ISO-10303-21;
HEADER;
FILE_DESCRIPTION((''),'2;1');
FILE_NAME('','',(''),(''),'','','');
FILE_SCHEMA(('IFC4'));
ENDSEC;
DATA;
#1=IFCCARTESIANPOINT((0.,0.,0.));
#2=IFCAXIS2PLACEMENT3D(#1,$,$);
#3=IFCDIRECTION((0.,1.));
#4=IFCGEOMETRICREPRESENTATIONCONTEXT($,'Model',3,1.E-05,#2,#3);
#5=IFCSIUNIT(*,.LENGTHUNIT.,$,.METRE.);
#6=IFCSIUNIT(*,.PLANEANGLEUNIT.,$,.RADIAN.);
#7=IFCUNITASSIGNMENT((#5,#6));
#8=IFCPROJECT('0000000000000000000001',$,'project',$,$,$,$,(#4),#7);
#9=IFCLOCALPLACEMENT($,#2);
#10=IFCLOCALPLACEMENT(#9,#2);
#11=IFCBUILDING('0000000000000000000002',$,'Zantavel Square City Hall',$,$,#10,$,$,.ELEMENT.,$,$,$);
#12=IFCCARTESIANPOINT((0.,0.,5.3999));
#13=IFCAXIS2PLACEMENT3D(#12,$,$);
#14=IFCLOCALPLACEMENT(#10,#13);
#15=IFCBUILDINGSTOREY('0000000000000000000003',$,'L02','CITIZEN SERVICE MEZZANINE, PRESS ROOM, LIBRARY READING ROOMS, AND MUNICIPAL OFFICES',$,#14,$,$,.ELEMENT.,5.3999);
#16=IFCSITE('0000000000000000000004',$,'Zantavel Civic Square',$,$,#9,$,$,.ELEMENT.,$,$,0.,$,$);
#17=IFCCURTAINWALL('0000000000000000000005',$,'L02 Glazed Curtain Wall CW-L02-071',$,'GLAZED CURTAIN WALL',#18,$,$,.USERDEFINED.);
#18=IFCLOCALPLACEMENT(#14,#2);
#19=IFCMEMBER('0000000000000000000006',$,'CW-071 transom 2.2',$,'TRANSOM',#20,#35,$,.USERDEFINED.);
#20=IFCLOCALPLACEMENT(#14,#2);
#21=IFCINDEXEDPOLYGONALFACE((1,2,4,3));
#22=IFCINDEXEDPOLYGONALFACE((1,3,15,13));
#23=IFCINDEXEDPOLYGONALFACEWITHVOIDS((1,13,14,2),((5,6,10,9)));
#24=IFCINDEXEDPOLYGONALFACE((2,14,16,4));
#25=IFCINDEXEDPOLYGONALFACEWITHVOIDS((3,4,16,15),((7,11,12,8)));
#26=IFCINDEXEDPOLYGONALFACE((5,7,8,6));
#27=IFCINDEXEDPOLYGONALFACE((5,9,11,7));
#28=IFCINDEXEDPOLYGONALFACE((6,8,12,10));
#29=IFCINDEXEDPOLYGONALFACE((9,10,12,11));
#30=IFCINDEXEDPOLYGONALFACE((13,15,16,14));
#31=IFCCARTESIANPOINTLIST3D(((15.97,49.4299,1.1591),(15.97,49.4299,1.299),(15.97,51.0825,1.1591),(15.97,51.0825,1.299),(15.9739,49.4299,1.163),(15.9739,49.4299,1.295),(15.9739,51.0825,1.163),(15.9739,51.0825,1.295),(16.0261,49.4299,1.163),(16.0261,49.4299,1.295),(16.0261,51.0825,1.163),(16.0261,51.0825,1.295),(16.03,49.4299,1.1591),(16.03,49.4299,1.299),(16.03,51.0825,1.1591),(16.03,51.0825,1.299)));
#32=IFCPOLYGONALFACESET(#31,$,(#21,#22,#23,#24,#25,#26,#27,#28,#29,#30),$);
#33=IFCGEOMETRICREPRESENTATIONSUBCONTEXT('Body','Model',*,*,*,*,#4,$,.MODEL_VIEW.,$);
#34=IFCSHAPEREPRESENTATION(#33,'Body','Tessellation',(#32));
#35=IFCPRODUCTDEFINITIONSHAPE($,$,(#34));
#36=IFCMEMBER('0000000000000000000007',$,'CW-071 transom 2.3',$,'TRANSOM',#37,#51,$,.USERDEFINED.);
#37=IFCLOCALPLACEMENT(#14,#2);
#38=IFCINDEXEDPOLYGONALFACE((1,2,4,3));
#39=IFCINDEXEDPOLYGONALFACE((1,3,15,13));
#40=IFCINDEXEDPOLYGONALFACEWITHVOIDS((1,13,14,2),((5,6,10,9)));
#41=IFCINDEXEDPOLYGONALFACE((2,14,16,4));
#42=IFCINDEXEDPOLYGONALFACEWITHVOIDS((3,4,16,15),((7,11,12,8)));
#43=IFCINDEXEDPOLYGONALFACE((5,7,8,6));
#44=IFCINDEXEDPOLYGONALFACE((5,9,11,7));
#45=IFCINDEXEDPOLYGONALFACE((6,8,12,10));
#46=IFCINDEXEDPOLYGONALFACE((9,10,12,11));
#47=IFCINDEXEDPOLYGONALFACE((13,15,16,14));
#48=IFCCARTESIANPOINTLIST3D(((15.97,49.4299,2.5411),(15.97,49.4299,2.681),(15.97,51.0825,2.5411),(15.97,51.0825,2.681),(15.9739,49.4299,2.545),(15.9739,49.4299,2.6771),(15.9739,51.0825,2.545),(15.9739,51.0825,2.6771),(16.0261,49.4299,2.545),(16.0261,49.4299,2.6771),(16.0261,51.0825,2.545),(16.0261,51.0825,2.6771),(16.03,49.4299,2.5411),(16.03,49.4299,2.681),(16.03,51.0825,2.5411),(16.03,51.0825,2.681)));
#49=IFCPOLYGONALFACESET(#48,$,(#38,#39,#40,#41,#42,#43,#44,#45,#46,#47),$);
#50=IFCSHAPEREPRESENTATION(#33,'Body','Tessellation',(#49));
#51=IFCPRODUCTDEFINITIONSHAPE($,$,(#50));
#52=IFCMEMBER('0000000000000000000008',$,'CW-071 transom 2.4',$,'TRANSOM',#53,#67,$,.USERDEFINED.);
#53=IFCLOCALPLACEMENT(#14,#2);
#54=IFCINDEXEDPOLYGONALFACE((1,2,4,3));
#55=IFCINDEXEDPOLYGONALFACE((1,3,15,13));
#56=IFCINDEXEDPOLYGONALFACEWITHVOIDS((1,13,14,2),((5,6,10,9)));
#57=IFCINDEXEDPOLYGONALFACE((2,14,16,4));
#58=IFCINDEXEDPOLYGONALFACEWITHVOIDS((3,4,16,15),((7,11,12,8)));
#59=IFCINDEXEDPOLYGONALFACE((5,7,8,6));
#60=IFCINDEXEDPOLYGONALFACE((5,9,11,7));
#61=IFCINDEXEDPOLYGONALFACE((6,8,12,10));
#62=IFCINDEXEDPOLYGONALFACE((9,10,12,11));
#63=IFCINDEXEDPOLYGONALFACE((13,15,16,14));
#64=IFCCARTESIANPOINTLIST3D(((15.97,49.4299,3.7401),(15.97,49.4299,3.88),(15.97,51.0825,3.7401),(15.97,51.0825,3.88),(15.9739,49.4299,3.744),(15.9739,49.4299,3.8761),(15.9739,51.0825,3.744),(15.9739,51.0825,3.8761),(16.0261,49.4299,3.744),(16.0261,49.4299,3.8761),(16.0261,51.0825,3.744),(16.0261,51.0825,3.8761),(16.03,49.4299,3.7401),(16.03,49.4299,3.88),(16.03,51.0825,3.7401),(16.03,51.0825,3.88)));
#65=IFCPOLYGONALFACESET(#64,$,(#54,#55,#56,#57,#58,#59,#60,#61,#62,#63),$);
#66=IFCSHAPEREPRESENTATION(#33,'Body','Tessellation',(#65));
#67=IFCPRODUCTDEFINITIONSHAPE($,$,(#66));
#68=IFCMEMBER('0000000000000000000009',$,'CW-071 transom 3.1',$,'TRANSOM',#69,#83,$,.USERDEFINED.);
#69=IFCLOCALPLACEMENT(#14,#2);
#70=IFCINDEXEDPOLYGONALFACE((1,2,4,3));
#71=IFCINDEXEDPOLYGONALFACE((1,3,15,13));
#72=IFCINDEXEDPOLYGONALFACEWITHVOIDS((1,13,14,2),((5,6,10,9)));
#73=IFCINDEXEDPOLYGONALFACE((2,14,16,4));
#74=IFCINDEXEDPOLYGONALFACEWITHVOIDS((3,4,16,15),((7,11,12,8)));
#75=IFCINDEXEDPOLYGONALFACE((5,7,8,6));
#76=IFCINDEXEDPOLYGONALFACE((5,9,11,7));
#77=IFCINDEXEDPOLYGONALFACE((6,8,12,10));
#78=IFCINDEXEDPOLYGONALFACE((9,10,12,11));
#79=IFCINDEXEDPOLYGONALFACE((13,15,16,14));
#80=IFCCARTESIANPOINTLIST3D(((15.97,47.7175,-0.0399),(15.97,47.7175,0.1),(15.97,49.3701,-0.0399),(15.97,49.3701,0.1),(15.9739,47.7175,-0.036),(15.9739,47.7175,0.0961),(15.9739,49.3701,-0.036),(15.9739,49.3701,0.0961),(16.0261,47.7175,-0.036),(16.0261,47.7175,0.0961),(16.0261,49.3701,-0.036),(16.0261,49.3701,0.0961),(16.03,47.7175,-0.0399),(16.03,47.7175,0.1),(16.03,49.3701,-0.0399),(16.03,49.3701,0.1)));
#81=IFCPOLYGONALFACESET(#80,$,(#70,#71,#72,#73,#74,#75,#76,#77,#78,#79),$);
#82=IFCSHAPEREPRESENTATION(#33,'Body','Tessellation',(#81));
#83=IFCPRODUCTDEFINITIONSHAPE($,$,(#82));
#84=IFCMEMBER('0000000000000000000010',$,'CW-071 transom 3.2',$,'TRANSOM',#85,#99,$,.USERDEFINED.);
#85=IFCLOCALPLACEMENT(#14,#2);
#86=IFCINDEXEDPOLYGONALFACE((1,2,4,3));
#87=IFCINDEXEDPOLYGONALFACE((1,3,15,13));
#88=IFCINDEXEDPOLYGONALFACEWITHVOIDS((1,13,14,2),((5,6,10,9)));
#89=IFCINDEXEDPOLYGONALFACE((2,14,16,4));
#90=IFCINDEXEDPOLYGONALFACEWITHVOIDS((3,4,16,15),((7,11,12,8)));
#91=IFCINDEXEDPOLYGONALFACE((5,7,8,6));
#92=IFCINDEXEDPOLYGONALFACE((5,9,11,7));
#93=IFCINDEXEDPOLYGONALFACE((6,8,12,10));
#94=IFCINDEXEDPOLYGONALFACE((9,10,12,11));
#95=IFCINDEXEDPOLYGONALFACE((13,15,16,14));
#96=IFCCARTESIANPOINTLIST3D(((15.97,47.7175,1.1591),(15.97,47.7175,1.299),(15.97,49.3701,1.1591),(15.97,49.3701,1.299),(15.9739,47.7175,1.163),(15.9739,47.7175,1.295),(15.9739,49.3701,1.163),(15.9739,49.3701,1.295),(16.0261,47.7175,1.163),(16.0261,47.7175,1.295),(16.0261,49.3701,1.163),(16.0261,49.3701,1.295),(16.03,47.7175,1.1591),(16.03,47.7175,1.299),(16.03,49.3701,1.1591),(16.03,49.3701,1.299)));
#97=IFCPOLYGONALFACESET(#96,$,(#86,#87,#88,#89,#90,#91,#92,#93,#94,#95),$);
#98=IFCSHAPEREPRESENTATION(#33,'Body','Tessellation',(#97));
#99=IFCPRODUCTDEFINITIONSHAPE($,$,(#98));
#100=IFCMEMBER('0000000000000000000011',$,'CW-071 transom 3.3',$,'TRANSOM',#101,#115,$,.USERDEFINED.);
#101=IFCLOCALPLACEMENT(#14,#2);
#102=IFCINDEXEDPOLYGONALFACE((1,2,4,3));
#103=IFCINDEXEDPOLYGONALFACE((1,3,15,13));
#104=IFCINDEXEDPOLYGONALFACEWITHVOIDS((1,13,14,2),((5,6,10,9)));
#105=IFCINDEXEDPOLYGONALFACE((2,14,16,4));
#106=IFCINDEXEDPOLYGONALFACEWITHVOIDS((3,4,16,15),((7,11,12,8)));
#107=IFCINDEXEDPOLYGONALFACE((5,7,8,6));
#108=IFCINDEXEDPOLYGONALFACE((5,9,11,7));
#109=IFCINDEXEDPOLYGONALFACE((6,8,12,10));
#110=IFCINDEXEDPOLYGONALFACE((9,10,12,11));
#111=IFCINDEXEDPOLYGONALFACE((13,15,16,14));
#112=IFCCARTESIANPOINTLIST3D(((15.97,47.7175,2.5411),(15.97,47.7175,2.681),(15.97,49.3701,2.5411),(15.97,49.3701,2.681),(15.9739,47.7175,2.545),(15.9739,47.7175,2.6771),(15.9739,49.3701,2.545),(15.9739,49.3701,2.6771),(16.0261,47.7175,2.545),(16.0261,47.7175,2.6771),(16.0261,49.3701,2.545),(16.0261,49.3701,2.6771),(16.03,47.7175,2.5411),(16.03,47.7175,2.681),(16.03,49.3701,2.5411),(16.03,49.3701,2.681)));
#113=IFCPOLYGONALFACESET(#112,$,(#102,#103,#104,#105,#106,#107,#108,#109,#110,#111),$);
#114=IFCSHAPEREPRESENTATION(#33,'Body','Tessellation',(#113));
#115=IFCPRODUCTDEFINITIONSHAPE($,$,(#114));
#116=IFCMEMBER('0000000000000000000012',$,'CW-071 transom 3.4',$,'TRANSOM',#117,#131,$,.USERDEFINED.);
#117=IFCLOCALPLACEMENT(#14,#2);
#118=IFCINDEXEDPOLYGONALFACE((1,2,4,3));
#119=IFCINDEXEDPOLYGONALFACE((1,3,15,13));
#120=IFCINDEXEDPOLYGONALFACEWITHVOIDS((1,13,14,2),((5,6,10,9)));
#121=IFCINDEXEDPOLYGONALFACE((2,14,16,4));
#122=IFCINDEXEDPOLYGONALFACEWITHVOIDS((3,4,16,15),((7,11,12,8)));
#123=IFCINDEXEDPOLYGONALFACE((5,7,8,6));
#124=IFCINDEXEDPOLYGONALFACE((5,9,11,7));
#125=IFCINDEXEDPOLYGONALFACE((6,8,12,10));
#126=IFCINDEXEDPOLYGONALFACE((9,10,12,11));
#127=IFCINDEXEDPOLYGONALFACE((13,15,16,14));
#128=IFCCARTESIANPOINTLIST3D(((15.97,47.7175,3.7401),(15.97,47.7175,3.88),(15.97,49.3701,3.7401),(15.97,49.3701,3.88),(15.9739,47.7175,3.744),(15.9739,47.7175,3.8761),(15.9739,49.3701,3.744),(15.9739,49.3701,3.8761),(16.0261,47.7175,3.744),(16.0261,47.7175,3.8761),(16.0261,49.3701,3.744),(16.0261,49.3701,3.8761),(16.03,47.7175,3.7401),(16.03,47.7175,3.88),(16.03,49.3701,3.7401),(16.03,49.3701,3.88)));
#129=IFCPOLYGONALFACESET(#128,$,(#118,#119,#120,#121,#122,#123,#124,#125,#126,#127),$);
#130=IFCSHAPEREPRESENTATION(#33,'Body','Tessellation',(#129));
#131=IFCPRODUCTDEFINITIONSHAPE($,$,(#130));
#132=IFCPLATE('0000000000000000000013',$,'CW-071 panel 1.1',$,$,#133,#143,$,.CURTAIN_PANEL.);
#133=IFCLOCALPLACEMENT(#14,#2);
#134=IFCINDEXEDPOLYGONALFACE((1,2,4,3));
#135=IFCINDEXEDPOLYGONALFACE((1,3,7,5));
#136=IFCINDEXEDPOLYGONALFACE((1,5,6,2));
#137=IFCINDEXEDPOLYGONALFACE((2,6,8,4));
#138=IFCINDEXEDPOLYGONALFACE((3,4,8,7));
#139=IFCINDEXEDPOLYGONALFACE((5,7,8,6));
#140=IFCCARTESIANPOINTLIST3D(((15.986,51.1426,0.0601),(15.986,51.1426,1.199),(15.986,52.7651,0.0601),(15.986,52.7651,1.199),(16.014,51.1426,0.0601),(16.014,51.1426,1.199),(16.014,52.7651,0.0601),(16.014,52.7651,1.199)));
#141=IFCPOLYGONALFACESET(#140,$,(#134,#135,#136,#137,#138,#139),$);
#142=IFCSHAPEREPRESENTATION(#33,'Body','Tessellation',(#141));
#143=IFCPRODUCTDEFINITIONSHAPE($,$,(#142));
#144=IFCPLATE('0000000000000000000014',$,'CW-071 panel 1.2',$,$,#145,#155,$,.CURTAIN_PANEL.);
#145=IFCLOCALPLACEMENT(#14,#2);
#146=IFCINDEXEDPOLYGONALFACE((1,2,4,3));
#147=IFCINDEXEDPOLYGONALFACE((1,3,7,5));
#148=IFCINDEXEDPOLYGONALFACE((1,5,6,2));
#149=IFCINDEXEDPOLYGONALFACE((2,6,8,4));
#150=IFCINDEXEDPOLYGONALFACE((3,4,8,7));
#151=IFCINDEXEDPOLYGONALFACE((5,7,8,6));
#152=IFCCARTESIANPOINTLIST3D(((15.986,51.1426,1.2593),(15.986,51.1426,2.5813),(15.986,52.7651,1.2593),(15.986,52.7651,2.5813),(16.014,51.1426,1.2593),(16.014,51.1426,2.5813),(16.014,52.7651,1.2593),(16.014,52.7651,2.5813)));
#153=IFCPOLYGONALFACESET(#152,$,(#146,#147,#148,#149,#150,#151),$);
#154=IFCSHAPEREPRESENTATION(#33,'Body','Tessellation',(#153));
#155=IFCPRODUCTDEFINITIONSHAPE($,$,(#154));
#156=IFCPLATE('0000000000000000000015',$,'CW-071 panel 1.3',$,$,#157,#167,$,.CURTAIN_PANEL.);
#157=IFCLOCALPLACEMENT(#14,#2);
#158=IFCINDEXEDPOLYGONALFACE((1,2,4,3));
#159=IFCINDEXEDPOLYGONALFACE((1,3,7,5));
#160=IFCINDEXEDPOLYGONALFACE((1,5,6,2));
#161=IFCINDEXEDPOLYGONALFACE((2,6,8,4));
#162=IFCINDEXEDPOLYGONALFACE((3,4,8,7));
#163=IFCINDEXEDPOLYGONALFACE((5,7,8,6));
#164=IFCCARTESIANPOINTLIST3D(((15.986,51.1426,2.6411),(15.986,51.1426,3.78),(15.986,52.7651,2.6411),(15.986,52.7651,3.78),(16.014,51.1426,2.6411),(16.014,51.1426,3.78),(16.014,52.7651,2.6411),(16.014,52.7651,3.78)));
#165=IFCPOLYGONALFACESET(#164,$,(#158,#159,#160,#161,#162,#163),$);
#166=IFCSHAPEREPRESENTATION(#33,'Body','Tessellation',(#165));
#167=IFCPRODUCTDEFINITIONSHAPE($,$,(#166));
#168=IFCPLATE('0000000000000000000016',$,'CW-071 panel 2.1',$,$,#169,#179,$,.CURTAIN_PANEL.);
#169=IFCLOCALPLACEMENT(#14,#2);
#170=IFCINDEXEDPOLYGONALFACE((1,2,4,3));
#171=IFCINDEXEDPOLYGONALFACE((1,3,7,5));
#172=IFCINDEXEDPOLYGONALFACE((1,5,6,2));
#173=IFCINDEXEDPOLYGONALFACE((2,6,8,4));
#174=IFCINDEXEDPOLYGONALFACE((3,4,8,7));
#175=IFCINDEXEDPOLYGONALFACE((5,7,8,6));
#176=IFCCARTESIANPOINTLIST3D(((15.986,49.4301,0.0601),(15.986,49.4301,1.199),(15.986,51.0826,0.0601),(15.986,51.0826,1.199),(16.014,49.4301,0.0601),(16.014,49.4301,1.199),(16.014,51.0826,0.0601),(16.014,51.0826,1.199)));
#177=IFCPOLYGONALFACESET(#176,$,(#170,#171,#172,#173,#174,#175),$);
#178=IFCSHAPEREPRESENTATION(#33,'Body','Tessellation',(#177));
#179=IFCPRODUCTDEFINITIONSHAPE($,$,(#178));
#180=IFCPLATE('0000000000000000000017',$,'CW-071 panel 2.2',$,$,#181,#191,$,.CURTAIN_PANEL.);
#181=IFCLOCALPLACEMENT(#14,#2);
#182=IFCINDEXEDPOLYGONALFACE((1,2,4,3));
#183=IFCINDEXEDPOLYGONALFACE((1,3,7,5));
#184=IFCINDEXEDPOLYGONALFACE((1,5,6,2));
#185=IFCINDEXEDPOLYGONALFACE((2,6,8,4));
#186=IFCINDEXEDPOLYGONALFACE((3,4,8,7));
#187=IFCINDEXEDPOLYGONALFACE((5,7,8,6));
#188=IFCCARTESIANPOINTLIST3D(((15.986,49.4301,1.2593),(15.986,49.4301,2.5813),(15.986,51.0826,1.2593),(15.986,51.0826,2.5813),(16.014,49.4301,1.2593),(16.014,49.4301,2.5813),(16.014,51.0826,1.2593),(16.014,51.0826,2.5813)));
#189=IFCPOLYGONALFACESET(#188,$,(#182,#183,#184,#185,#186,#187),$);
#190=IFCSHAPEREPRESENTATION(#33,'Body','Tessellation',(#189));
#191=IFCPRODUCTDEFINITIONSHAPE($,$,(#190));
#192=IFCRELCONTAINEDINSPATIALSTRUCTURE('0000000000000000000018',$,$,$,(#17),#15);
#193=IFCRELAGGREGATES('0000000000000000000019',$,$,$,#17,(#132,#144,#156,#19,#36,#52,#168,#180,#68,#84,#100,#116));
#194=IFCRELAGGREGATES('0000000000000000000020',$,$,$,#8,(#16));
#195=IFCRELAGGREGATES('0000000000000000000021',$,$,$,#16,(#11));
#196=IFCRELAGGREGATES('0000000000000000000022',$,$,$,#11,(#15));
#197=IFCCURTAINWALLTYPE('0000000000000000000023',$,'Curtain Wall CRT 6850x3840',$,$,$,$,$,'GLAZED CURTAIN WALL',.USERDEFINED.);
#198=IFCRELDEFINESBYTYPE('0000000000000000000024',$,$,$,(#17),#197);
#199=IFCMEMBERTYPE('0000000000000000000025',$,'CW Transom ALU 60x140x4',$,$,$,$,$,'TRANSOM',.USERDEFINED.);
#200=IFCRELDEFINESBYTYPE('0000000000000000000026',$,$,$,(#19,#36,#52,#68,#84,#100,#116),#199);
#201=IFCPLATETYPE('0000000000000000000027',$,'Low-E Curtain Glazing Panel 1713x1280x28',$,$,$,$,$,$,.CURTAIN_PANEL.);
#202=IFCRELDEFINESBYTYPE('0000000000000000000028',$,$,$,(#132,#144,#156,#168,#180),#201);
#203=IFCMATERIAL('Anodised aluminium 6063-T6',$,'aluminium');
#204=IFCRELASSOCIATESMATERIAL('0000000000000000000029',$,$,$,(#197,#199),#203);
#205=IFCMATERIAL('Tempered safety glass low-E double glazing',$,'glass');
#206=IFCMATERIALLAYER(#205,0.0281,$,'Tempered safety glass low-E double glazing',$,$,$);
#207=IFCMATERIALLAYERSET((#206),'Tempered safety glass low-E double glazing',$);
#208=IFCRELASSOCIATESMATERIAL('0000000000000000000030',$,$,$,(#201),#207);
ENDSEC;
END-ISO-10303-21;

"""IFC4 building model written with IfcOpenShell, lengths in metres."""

from ifc_helpers import new_model, si_unit, direction, frame, origin, origin_2d, place, context, subcontext, project, spatial, rectangle, hollow_rectangle, extrude, material, layer, layer_set, material_profile, profile_set, type_object, element, aggregate, save


model = new_model("IFC4")

# Units and contexts
model_context = context("Model", 3, precision=1e-05, world=origin(), true_north=direction((0.0, 1.0)))
body_context = subcontext(model_context, "Body", "Model", "MODEL_VIEW")
ifc_project = project(units=[si_unit("LENGTHUNIT", "METRE"), si_unit("PLANEANGLEUNIT", "RADIAN")], contexts=[model_context])

# Site, building, storey
site_placement = place(None, origin())
site = spatial("IfcSite", under=ifc_project, at=site_placement, Name="Zantavel Civic Square", CompositionType="ELEMENT", RefElevation=0.0)
building_placement = place(site_placement, origin())
building = spatial("IfcBuilding", under=site, at=building_placement, Name="Zantavel Square City Hall", CompositionType="ELEMENT")
storey_placement = place(building_placement, frame((0.0, 0.0, 5.3999)))
storey = spatial("IfcBuildingStorey", under=building, at=storey_placement, Name="L02", Description="CITIZEN SERVICE MEZZANINE, PRESS ROOM, LIBRARY READING ROOMS, AND MUNICIPAL OFFICES", CompositionType="ELEMENT", Elevation=5.3999)

# Curtain wall, members, plates
ifc_material_1 = material(Name="Anodised aluminium 6063-T6", Category="aluminium")
curtain_wall_type = type_object("IfcCurtainWallType", Name="Curtain Wall CRT 6850x3840", ElementType="GLAZED CURTAIN WALL", PredefinedType="USERDEFINED", material=ifc_material_1)
curtain_wall_placement = place(storey_placement, origin())
curtain_wall = element("IfcCurtainWall", 1, at=curtain_wall_placement, inside=storey, type_object=curtain_wall_type, Name="L02 Glazed Curtain Wall CW-L02-071", ObjectType="GLAZED CURTAIN WALL", PredefinedType="USERDEFINED")
ifc_material_profile_1 = material_profile(ifc_material_1, hollow_rectangle(XDim=0.0601, YDim=0.1399, WallThickness=0.0039, at=origin_2d()), Name="ALU 60x140x4")
ifc_profile_set_1 = profile_set([ifc_material_profile_1], Name="Anodised aluminium 6063-T6")
member_type_1 = type_object("IfcMemberType", Name="CW Transom ALU 60x140x4", ElementType="TRANSOM", PredefinedType="USERDEFINED", material=ifc_profile_set_1)
member_1_placement = place(storey_placement, frame((16.0, 51.0825, 1.229), z_axis=(0.0, -1.0, 0.0), x_axis=(1.0, 0.0, 0.0)))
member_1 = element("IfcMember", 2, at=member_1_placement, type_object=member_type_1, Name="CW-071 transom 2.2", ObjectType="TRANSOM", PredefinedType="USERDEFINED", context=body_context, shape_type="SweptSolid", body=[
    extrude(hollow_rectangle(XDim=0.0601, YDim=0.1399, WallThickness=0.0039, at=origin_2d()), origin(), (0.0, 0.0, 1.0), 1.6526),
])
member_2_placement = place(storey_placement, frame((16.0, 51.0825, 2.6111), z_axis=(0.0, -1.0, 0.0), x_axis=(1.0, 0.0, 0.0)))
member_2 = element("IfcMember", 3, at=member_2_placement, type_object=member_type_1, Name="CW-071 transom 2.3", ObjectType="TRANSOM", PredefinedType="USERDEFINED", context=body_context, shape_type="SweptSolid", body=[
    extrude(hollow_rectangle(XDim=0.0601, YDim=0.1399, WallThickness=0.0039, at=origin_2d()), origin(), (0.0, 0.0, 1.0), 1.6526),
])
member_3_placement = place(storey_placement, frame((16.0, 51.0825, 3.8101), z_axis=(0.0, -1.0, 0.0), x_axis=(1.0, 0.0, 0.0)))
member_3 = element("IfcMember", 4, at=member_3_placement, type_object=member_type_1, Name="CW-071 transom 2.4", ObjectType="TRANSOM", PredefinedType="USERDEFINED", context=body_context, shape_type="SweptSolid", body=[
    extrude(hollow_rectangle(XDim=0.0601, YDim=0.1399, WallThickness=0.0039, at=origin_2d()), origin(), (0.0, 0.0, 1.0), 1.6526),
])
member_4_placement = place(storey_placement, frame((16.0, 49.3701, 0.03), z_axis=(0.0, -1.0, 0.0), x_axis=(1.0, 0.0, 0.0)))
member_4 = element("IfcMember", 5, at=member_4_placement, type_object=member_type_1, Name="CW-071 transom 3.1", ObjectType="TRANSOM", PredefinedType="USERDEFINED", context=body_context, shape_type="SweptSolid", body=[
    extrude(hollow_rectangle(XDim=0.0601, YDim=0.1399, WallThickness=0.0039, at=origin_2d()), origin(), (0.0, 0.0, 1.0), 1.6526),
])
member_5_placement = place(storey_placement, frame((16.0, 49.3701, 1.229), z_axis=(0.0, -1.0, 0.0), x_axis=(1.0, 0.0, 0.0)))
member_5 = element("IfcMember", 6, at=member_5_placement, type_object=member_type_1, Name="CW-071 transom 3.2", ObjectType="TRANSOM", PredefinedType="USERDEFINED", context=body_context, shape_type="SweptSolid", body=[
    extrude(hollow_rectangle(XDim=0.0601, YDim=0.1399, WallThickness=0.0039, at=origin_2d()), origin(), (0.0, 0.0, 1.0), 1.6526),
])
member_6_placement = place(storey_placement, frame((16.0, 49.3701, 2.6111), z_axis=(0.0, -1.0, 0.0), x_axis=(1.0, 0.0, 0.0)))
member_6 = element("IfcMember", 7, at=member_6_placement, type_object=member_type_1, Name="CW-071 transom 3.3", ObjectType="TRANSOM", PredefinedType="USERDEFINED", context=body_context, shape_type="SweptSolid", body=[
    extrude(hollow_rectangle(XDim=0.0601, YDim=0.1399, WallThickness=0.0039, at=origin_2d()), origin(), (0.0, 0.0, 1.0), 1.6526),
])
member_7_placement = place(storey_placement, frame((16.0, 49.3701, 3.8101), z_axis=(0.0, -1.0, 0.0), x_axis=(1.0, 0.0, 0.0)))
member_7 = element("IfcMember", 8, at=member_7_placement, type_object=member_type_1, Name="CW-071 transom 3.4", ObjectType="TRANSOM", PredefinedType="USERDEFINED", context=body_context, shape_type="SweptSolid", body=[
    extrude(hollow_rectangle(XDim=0.0601, YDim=0.1399, WallThickness=0.0039, at=origin_2d()), origin(), (0.0, 0.0, 1.0), 1.6526),
])
ifc_material_2 = material(Name="Tempered safety glass low-E double glazing", Category="glass")
ifc_layer = layer(ifc_material_2, 0.0281, Name="Tempered safety glass low-E double glazing")
ifc_layer_set = layer_set([ifc_layer], Name="Tempered safety glass low-E double glazing")
plate_type = type_object("IfcPlateType", Name="Low-E Curtain Glazing Panel 1713x1280x28", PredefinedType="CURTAIN_PANEL", material=ifc_layer_set)
plate_1_placement = place(storey_placement, frame((16.0, 51.9539, 0.0601), z_axis=(0.0, 0.0, 1.0), x_axis=(0.0, -1.0, 0.0)))
plate_1 = element("IfcPlate", 9, at=plate_1_placement, type_object=plate_type, Name="CW-071 panel 1.1", PredefinedType="CURTAIN_PANEL", context=body_context, shape_type="SweptSolid", body=[
    extrude(rectangle(XDim=1.6226, YDim=0.0281, at=origin_2d()), origin(), (0.0, 0.0, 1.0), 1.1389),
])
plate_2_placement = place(storey_placement, frame((16.0, 51.9539, 1.2593), z_axis=(0.0, 0.0, 1.0), x_axis=(0.0, -1.0, 0.0)))
plate_2 = element("IfcPlate", 10, at=plate_2_placement, type_object=plate_type, Name="CW-071 panel 1.2", PredefinedType="CURTAIN_PANEL", context=body_context, shape_type="SweptSolid", body=[
    extrude(rectangle(XDim=1.6226, YDim=0.0281, at=origin_2d()), origin(), (0.0, 0.0, 1.0), 1.322),
])
plate_3_placement = place(storey_placement, frame((16.0, 51.9539, 2.6411), z_axis=(0.0, 0.0, 1.0), x_axis=(0.0, -1.0, 0.0)))
plate_3 = element("IfcPlate", 11, at=plate_3_placement, type_object=plate_type, Name="CW-071 panel 1.3", PredefinedType="CURTAIN_PANEL", context=body_context, shape_type="SweptSolid", body=[
    extrude(rectangle(XDim=1.6226, YDim=0.0281, at=origin_2d()), origin(), (0.0, 0.0, 1.0), 1.1389),
])
plate_4_placement = place(storey_placement, frame((16.0, 50.2563, 0.0601), z_axis=(0.0, 0.0, 1.0), x_axis=(0.0, -1.0, 0.0)))
plate_4 = element("IfcPlate", 12, at=plate_4_placement, type_object=plate_type, Name="CW-071 panel 2.1", PredefinedType="CURTAIN_PANEL", context=body_context, shape_type="SweptSolid", body=[
    extrude(rectangle(XDim=1.6526, YDim=0.0281, at=origin_2d()), origin(), (0.0, 0.0, 1.0), 1.1389),
])
plate_5_placement = place(storey_placement, frame((16.0, 50.2563, 1.2593), z_axis=(0.0, 0.0, 1.0), x_axis=(0.0, -1.0, 0.0)))
plate_5 = element("IfcPlate", 13, at=plate_5_placement, type_object=plate_type, Name="CW-071 panel 2.2", PredefinedType="CURTAIN_PANEL", context=body_context, shape_type="SweptSolid", body=[
    extrude(rectangle(XDim=1.6526, YDim=0.0281, at=origin_2d()), origin(), (0.0, 0.0, 1.0), 1.322),
])
aggregate(curtain_wall, [plate_1, plate_2, plate_3, member_1, member_2, member_3, plate_4, plate_5, member_4, member_5, member_6, member_7])

save(model, "model.ifc")
